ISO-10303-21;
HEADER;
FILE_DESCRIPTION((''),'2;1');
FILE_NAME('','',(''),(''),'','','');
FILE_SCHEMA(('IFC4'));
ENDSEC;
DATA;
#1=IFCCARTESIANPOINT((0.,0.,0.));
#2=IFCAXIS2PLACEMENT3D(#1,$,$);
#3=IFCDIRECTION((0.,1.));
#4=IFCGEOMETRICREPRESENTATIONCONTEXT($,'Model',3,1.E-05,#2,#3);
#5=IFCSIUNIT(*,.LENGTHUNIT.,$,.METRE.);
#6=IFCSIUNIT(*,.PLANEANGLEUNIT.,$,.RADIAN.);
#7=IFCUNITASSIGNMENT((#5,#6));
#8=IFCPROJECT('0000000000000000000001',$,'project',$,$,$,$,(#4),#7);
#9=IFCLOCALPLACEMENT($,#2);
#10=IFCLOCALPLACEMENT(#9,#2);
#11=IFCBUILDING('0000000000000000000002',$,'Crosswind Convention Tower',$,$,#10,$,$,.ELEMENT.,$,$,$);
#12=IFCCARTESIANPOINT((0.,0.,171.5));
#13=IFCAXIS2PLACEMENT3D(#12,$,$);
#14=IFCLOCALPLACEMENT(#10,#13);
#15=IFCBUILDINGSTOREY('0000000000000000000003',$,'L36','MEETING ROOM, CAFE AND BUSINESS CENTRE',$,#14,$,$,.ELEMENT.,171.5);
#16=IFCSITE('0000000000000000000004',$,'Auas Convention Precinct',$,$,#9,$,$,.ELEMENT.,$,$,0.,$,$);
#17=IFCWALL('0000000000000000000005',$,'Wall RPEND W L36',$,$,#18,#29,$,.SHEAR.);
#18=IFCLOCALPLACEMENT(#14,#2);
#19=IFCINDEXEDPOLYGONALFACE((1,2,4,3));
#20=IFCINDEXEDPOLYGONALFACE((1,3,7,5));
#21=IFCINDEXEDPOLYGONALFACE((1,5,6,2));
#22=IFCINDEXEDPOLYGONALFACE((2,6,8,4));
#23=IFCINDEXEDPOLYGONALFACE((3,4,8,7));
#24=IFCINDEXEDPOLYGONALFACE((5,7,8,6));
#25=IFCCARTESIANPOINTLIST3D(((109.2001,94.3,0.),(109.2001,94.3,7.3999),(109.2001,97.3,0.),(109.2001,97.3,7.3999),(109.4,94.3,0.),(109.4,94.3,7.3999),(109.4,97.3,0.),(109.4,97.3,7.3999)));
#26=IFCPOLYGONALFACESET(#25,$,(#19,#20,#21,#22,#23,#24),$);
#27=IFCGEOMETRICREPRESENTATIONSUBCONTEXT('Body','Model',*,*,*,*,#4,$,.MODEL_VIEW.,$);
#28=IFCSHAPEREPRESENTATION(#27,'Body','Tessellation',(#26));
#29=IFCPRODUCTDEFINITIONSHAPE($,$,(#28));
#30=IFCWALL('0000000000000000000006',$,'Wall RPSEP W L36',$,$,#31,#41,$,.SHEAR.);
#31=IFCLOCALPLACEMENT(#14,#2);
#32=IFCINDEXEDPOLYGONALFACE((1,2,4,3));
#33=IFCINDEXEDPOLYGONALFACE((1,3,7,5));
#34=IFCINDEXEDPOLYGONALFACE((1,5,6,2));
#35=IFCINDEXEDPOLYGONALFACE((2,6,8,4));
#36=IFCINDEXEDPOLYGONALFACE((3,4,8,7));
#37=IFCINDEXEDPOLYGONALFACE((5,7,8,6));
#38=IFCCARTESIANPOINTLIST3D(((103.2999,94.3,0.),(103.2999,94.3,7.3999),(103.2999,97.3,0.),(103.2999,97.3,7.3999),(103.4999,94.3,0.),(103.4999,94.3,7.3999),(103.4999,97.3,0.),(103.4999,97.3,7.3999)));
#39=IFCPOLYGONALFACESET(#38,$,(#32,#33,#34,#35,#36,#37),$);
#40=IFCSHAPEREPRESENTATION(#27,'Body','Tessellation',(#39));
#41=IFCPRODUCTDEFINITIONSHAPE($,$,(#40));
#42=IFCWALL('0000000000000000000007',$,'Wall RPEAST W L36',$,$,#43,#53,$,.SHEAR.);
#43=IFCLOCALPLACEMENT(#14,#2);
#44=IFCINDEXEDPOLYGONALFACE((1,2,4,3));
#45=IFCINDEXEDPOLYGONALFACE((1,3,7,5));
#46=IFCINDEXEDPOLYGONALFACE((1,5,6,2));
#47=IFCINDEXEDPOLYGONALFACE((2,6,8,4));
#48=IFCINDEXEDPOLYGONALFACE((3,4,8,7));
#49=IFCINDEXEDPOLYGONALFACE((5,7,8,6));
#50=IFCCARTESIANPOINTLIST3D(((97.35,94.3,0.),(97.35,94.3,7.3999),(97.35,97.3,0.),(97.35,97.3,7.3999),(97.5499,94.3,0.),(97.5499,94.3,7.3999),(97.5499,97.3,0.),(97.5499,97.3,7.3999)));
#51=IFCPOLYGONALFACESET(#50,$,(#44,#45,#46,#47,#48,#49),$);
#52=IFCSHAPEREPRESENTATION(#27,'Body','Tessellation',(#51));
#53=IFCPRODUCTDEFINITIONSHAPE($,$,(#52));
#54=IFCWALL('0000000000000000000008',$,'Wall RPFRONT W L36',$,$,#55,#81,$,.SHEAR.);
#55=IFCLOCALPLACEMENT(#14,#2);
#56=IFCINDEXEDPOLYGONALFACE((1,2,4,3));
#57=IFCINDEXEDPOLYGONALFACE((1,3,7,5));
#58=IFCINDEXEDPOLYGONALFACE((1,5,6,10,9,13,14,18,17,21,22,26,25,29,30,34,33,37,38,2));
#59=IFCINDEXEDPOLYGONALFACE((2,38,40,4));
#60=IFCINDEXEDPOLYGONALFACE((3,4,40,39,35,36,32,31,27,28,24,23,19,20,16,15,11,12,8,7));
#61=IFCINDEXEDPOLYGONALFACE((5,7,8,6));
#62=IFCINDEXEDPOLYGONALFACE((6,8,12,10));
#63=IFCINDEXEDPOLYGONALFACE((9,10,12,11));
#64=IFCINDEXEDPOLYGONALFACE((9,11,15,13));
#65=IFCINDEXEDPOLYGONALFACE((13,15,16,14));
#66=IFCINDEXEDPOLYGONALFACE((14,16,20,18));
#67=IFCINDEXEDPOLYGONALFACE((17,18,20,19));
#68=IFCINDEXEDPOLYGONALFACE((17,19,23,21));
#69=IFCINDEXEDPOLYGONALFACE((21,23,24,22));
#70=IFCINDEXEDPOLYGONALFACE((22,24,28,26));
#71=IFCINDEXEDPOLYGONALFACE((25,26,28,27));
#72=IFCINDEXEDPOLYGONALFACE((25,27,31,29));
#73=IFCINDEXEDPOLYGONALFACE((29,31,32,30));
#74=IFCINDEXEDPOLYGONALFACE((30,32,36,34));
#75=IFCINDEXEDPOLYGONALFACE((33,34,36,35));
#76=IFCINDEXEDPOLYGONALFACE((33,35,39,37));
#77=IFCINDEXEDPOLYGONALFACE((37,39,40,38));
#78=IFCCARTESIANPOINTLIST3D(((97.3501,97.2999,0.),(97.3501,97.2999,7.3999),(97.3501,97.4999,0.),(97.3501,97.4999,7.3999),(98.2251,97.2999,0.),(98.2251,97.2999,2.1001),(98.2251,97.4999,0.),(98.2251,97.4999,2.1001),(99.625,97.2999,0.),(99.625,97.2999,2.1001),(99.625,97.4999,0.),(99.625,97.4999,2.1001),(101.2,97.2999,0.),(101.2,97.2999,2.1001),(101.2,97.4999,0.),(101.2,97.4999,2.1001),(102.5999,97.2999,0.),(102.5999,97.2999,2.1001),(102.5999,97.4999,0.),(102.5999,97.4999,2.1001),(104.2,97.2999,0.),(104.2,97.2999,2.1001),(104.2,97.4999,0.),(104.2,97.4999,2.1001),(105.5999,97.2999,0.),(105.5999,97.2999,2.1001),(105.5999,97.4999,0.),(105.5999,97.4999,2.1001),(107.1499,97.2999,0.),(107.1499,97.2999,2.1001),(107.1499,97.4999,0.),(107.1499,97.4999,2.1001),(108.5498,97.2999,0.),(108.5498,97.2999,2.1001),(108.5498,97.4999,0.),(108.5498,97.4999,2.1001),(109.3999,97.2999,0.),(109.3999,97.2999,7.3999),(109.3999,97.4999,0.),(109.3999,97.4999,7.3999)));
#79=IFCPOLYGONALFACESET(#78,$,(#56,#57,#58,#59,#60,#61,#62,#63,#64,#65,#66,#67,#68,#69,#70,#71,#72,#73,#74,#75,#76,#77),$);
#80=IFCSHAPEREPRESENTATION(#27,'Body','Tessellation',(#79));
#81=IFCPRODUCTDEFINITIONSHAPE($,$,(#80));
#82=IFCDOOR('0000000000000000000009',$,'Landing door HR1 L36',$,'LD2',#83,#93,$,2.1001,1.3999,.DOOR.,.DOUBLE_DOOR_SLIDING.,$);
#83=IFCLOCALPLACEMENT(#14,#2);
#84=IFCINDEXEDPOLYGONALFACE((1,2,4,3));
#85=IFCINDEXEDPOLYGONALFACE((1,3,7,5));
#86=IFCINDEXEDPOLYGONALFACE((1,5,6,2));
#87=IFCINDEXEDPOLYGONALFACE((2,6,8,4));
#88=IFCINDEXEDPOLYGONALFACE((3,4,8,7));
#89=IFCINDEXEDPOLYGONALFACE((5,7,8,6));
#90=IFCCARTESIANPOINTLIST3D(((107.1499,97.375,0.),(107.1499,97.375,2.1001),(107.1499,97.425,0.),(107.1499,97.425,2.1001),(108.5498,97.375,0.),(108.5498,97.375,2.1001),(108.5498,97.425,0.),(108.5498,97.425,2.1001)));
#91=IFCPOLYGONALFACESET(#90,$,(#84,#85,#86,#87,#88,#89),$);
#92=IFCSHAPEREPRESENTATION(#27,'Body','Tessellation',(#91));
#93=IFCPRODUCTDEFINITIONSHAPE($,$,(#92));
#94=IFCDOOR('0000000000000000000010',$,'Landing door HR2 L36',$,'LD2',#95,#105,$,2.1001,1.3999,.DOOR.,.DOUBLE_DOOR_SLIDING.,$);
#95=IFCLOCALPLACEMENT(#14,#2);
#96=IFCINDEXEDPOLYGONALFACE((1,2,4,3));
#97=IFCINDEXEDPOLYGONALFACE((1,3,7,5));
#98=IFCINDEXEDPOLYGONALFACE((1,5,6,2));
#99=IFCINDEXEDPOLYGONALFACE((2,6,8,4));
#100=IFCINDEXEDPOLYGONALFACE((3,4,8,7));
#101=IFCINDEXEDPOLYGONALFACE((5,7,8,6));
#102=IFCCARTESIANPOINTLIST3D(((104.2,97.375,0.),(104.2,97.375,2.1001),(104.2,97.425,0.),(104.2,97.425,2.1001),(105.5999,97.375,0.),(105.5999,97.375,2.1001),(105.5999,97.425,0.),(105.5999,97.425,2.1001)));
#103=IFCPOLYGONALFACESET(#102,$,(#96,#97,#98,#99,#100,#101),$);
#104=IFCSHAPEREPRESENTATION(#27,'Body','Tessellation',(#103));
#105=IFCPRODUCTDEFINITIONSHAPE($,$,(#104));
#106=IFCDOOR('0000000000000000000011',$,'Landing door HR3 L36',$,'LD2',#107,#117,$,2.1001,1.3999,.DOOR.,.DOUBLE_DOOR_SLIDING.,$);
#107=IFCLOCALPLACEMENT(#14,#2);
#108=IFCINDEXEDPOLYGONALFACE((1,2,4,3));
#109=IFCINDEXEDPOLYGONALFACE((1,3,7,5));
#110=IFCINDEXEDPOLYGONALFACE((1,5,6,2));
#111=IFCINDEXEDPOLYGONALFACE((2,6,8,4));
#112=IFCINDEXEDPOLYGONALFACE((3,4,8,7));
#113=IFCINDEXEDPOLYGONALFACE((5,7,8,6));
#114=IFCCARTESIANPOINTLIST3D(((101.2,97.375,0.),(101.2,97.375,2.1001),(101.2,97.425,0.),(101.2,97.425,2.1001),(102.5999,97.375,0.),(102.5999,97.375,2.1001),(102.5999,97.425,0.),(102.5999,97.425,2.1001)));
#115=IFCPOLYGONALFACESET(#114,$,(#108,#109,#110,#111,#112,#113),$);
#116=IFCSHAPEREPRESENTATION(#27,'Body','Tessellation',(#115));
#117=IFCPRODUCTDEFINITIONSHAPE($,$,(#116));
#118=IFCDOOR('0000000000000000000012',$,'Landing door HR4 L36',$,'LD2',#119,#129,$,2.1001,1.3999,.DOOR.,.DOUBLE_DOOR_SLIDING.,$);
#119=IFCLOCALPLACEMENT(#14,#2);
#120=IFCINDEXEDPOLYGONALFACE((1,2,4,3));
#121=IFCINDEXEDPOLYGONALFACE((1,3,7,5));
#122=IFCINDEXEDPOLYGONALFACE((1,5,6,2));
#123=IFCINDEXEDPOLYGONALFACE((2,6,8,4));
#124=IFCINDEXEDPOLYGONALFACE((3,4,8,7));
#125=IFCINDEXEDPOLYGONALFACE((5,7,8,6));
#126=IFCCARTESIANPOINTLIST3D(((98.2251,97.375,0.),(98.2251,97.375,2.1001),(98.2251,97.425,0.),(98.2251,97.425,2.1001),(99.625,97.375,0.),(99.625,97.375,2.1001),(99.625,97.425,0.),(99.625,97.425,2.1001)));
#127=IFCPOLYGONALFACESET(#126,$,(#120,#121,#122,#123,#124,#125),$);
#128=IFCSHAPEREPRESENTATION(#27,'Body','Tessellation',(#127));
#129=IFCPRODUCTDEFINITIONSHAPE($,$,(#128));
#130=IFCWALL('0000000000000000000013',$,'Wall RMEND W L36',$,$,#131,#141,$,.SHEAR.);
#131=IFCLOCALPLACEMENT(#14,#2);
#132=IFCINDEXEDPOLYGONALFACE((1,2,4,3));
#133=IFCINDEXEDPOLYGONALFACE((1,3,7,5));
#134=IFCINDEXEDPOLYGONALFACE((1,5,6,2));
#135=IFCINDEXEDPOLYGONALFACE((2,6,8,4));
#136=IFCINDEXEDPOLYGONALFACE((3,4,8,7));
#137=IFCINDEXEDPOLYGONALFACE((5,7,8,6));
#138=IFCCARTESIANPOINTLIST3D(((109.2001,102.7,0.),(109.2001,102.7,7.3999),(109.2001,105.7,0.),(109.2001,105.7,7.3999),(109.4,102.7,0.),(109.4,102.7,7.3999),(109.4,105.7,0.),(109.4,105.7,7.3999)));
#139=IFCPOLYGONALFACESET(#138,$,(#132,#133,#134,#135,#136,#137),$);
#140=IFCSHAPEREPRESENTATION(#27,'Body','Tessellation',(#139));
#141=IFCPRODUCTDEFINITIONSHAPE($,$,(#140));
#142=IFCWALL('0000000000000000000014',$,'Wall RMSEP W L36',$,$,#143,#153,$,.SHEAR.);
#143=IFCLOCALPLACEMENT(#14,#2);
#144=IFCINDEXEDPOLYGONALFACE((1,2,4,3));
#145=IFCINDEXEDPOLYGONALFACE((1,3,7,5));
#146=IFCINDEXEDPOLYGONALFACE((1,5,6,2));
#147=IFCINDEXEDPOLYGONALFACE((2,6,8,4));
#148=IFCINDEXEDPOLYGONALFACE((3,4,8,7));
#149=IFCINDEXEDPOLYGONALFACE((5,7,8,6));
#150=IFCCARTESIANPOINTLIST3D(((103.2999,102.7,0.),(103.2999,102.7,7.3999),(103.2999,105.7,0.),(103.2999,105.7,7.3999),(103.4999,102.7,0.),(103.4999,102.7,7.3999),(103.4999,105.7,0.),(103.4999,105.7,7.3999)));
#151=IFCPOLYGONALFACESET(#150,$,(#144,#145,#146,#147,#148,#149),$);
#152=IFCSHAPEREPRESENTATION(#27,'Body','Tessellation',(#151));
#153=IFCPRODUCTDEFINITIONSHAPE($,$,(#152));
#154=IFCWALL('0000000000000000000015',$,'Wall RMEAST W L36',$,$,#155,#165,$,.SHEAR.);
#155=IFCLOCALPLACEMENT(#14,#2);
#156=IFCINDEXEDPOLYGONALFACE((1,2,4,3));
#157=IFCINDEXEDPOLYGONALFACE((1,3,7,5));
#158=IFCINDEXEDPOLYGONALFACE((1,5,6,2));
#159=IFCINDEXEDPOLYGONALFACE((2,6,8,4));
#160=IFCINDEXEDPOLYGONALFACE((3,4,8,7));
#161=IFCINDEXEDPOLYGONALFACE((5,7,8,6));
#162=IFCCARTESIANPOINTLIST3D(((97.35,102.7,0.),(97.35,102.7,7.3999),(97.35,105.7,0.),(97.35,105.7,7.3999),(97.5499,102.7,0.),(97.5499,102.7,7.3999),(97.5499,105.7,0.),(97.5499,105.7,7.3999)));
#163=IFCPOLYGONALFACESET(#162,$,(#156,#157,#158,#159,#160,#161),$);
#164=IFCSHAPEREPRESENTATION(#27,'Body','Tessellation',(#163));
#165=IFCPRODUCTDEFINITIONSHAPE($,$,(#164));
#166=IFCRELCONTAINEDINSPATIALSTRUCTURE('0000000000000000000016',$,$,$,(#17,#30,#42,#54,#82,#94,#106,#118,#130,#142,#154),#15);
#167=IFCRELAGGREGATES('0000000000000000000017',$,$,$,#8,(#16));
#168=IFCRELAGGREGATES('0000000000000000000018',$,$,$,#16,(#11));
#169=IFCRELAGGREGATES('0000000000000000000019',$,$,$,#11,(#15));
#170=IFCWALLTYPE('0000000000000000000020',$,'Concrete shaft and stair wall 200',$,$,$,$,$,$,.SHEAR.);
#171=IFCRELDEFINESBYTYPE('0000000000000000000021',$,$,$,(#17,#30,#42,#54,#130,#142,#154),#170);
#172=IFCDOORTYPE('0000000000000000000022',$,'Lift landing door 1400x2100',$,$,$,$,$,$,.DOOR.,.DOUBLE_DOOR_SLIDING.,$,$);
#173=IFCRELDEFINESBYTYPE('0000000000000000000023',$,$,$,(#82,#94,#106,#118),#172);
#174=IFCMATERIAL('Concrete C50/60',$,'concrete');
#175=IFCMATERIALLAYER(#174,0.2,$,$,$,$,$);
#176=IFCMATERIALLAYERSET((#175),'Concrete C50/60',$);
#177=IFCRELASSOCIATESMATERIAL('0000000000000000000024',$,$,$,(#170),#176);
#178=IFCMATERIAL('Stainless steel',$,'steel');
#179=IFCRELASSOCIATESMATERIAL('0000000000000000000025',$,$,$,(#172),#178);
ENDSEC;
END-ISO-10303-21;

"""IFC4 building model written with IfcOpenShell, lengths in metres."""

from ifc_helpers import new_model, si_unit, direction, frame, frame_2d, origin, place, context, subcontext, project, spatial, rectangle, extrude, material, layer, layer_set, type_object, element, fill, save


model = new_model("IFC4")

# Units and contexts
model_context = context("Model", 3, precision=1e-05, world=origin(), true_north=direction((0.0, 1.0)))
body_context = subcontext(model_context, "Body", "Model", "MODEL_VIEW")
ifc_project = project(units=[si_unit("LENGTHUNIT", "METRE"), si_unit("PLANEANGLEUNIT", "RADIAN")], contexts=[model_context])

# Site, building, storey
site_placement = place(None, origin())
site = spatial("IfcSite", under=ifc_project, at=site_placement, Name="Auas Convention Precinct", CompositionType="ELEMENT", RefElevation=0.0)
building_placement = place(site_placement, origin())
building = spatial("IfcBuilding", under=site, at=building_placement, Name="Crosswind Convention Tower", CompositionType="ELEMENT")
storey_placement = place(building_placement, frame((0.0, 0.0, 171.5)))
storey = spatial("IfcBuildingStorey", under=building, at=storey_placement, Name="L36", Description="MEETING ROOM, CAFE AND BUSINESS CENTRE", CompositionType="ELEMENT", Elevation=171.5)

# Walls
ifc_material_1 = material(Name="Concrete C50/60", Category="concrete")
ifc_layer = layer(ifc_material_1, 0.2)
ifc_layer_set = layer_set([ifc_layer], Name="Concrete C50/60")
wall_type = type_object("IfcWallType", Name="Concrete shaft and stair wall 200", PredefinedType="SHEAR", material=ifc_layer_set)
for number, where, z_axis, x_axis, name in (
    (1, (109.3, 97.3, 0.0), (0.0, 0.0, 1.0), (0.0, -1.0, 0.0), "Wall RPEND W L36"),
    (2, (103.3999, 97.3, 0.0), (0.0, 0.0, 1.0), (0.0, -1.0, 0.0), "Wall RPSEP W L36"),
    (3, (97.45, 97.3, 0.0), (0.0, 0.0, 1.0), (0.0, -1.0, 0.0), "Wall RPEAST W L36"),
):
    element("IfcWall", number, at=place(storey_placement, frame(where, z_axis=z_axis, x_axis=x_axis)), inside=storey, type_object=wall_type, Name=name, PredefinedType="SHEAR", context=body_context, shape_type="SweptSolid", body=[
        extrude(rectangle(XDim=3.0, YDim=0.2, at=frame_2d((1.5, 0.0))), origin(), (0.0, 0.0, 1.0), 7.3999),
    ])

# Wall, openings, doors
wall_1_placement = place(storey_placement, frame((109.3999, 97.3999, 0.0), z_axis=(0.0, 0.0, 1.0), x_axis=(-1.0, 0.0, 0.0)))
wall_1 = element("IfcWall", 4, at=wall_1_placement, inside=storey, type_object=wall_type, Name="Wall RPFRONT W L36", PredefinedType="SHEAR", context=body_context, shape_type="SweptSolid", body=[
    extrude(rectangle(XDim=12.0498, YDim=0.2, at=frame_2d((6.0249, 0.0))), origin(), (0.0, 0.0, 1.0), 7.3999),
])
opening_1_placement = place(wall_1_placement, frame((0.8501, 0.0, 0.0)))
opening_1 = element("IfcOpeningElement", 5, at=opening_1_placement, cuts=wall_1, PredefinedType="OPENING", context=body_context, shape_type="SweptSolid", body=[
    extrude(rectangle(XDim=1.3999, YDim=2.1001, at=frame_2d((0.7, 1.05))), frame((0.0, 0.1099, 0.0), z_axis=(0.0, -1.0, 0.0), x_axis=(1.0, 0.0, 0.0)), (0.0, 0.0, 1.0), 0.22),
])
opening_2_placement = place(wall_1_placement, frame((3.8, 0.0, 0.0)))
opening_2 = element("IfcOpeningElement", 6, at=opening_2_placement, cuts=wall_1, PredefinedType="OPENING", context=body_context, shape_type="SweptSolid", body=[
    extrude(rectangle(XDim=1.3999, YDim=2.1001, at=frame_2d((0.7, 1.05))), frame((0.0, 0.1099, 0.0), z_axis=(0.0, -1.0, 0.0), x_axis=(1.0, 0.0, 0.0)), (0.0, 0.0, 1.0), 0.22),
])
opening_3_placement = place(wall_1_placement, frame((6.8, 0.0, 0.0)))
opening_3 = element("IfcOpeningElement", 7, at=opening_3_placement, cuts=wall_1, PredefinedType="OPENING", context=body_context, shape_type="SweptSolid", body=[
    extrude(rectangle(XDim=1.3999, YDim=2.1001, at=frame_2d((0.7, 1.05))), frame((0.0, 0.1099, 0.0), z_axis=(0.0, -1.0, 0.0), x_axis=(1.0, 0.0, 0.0)), (0.0, 0.0, 1.0), 0.22),
])
opening_4_placement = place(wall_1_placement, frame((9.7749, 0.0, 0.0)))
opening_4 = element("IfcOpeningElement", 8, at=opening_4_placement, cuts=wall_1, PredefinedType="OPENING", context=body_context, shape_type="SweptSolid", body=[
    extrude(rectangle(XDim=1.3999, YDim=2.1001, at=frame_2d((0.7, 1.05))), frame((0.0, 0.1099, 0.0), z_axis=(0.0, -1.0, 0.0), x_axis=(1.0, 0.0, 0.0)), (0.0, 0.0, 1.0), 0.22),
])
ifc_material_2 = material(Name="Stainless steel", Category="steel")
door_type_1 = type_object("IfcDoorType", Name="Lift landing door 1400x2100", OperationType="DOUBLE_DOOR_SLIDING", PredefinedType="DOOR", material=ifc_material_2)
door_1_placement = place(opening_1_placement, origin())
door_1 = element("IfcDoor", 9, at=door_1_placement, inside=storey, type_object=door_type_1, Name="Landing door HR1 L36", ObjectType="LD2", OperationType="DOUBLE_DOOR_SLIDING", OverallHeight=2.1001, OverallWidth=1.3999, PredefinedType="DOOR", context=body_context, shape_type="SweptSolid", body=[
    extrude(rectangle(XDim=1.3999, YDim=2.1001, at=frame_2d((0.7, 1.05))), frame((0.0, 0.0249, 0.0), z_axis=(0.0, -1.0, 0.0), x_axis=(1.0, 0.0, 0.0)), (0.0, 0.0, 1.0), 0.05),
])
fill(opening_1, door_1)
door_2_placement = place(opening_2_placement, origin())
door_2 = element("IfcDoor", 10, at=door_2_placement, inside=storey, type_object=door_type_1, Name="Landing door HR2 L36", ObjectType="LD2", OperationType="DOUBLE_DOOR_SLIDING", OverallHeight=2.1001, OverallWidth=1.3999, PredefinedType="DOOR", context=body_context, shape_type="SweptSolid", body=[
    extrude(rectangle(XDim=1.3999, YDim=2.1001, at=frame_2d((0.7, 1.05))), frame((0.0, 0.0249, 0.0), z_axis=(0.0, -1.0, 0.0), x_axis=(1.0, 0.0, 0.0)), (0.0, 0.0, 1.0), 0.05),
])
fill(opening_2, door_2)
door_3_placement = place(opening_3_placement, origin())
door_3 = element("IfcDoor", 11, at=door_3_placement, inside=storey, type_object=door_type_1, Name="Landing door HR3 L36", ObjectType="LD2", OperationType="DOUBLE_DOOR_SLIDING", OverallHeight=2.1001, OverallWidth=1.3999, PredefinedType="DOOR", context=body_context, shape_type="SweptSolid", body=[
    extrude(rectangle(XDim=1.3999, YDim=2.1001, at=frame_2d((0.7, 1.05))), frame((0.0, 0.0249, 0.0), z_axis=(0.0, -1.0, 0.0), x_axis=(1.0, 0.0, 0.0)), (0.0, 0.0, 1.0), 0.05),
])
fill(opening_3, door_3)
door_4_placement = place(opening_4_placement, origin())
door_4 = element("IfcDoor", 12, at=door_4_placement, inside=storey, type_object=door_type_1, Name="Landing door HR4 L36", ObjectType="LD2", OperationType="DOUBLE_DOOR_SLIDING", OverallHeight=2.1001, OverallWidth=1.3999, PredefinedType="DOOR", context=body_context, shape_type="SweptSolid", body=[
    extrude(rectangle(XDim=1.3999, YDim=2.1001, at=frame_2d((0.7, 1.05))), frame((0.0, 0.0249, 0.0), z_axis=(0.0, -1.0, 0.0), x_axis=(1.0, 0.0, 0.0)), (0.0, 0.0, 1.0), 0.05),
])
fill(opening_4, door_4)

# Walls
for number, where, z_axis, x_axis, name in (
    (13, (109.3, 105.7, 0.0), (0.0, 0.0, 1.0), (0.0, -1.0, 0.0), "Wall RMEND W L36"),
    (14, (103.3999, 105.7, 0.0), (0.0, 0.0, 1.0), (0.0, -1.0, 0.0), "Wall RMSEP W L36"),
    (15, (97.45, 105.7, 0.0), (0.0, 0.0, 1.0), (0.0, -1.0, 0.0), "Wall RMEAST W L36"),
):
    element("IfcWall", number, at=place(storey_placement, frame(where, z_axis=z_axis, x_axis=x_axis)), inside=storey, type_object=wall_type, Name=name, PredefinedType="SHEAR", context=body_context, shape_type="SweptSolid", body=[
        extrude(rectangle(XDim=3.0, YDim=0.2, at=frame_2d((1.5, 0.0))), origin(), (0.0, 0.0, 1.0), 7.3999),
    ])

save(model, "model.ifc")
